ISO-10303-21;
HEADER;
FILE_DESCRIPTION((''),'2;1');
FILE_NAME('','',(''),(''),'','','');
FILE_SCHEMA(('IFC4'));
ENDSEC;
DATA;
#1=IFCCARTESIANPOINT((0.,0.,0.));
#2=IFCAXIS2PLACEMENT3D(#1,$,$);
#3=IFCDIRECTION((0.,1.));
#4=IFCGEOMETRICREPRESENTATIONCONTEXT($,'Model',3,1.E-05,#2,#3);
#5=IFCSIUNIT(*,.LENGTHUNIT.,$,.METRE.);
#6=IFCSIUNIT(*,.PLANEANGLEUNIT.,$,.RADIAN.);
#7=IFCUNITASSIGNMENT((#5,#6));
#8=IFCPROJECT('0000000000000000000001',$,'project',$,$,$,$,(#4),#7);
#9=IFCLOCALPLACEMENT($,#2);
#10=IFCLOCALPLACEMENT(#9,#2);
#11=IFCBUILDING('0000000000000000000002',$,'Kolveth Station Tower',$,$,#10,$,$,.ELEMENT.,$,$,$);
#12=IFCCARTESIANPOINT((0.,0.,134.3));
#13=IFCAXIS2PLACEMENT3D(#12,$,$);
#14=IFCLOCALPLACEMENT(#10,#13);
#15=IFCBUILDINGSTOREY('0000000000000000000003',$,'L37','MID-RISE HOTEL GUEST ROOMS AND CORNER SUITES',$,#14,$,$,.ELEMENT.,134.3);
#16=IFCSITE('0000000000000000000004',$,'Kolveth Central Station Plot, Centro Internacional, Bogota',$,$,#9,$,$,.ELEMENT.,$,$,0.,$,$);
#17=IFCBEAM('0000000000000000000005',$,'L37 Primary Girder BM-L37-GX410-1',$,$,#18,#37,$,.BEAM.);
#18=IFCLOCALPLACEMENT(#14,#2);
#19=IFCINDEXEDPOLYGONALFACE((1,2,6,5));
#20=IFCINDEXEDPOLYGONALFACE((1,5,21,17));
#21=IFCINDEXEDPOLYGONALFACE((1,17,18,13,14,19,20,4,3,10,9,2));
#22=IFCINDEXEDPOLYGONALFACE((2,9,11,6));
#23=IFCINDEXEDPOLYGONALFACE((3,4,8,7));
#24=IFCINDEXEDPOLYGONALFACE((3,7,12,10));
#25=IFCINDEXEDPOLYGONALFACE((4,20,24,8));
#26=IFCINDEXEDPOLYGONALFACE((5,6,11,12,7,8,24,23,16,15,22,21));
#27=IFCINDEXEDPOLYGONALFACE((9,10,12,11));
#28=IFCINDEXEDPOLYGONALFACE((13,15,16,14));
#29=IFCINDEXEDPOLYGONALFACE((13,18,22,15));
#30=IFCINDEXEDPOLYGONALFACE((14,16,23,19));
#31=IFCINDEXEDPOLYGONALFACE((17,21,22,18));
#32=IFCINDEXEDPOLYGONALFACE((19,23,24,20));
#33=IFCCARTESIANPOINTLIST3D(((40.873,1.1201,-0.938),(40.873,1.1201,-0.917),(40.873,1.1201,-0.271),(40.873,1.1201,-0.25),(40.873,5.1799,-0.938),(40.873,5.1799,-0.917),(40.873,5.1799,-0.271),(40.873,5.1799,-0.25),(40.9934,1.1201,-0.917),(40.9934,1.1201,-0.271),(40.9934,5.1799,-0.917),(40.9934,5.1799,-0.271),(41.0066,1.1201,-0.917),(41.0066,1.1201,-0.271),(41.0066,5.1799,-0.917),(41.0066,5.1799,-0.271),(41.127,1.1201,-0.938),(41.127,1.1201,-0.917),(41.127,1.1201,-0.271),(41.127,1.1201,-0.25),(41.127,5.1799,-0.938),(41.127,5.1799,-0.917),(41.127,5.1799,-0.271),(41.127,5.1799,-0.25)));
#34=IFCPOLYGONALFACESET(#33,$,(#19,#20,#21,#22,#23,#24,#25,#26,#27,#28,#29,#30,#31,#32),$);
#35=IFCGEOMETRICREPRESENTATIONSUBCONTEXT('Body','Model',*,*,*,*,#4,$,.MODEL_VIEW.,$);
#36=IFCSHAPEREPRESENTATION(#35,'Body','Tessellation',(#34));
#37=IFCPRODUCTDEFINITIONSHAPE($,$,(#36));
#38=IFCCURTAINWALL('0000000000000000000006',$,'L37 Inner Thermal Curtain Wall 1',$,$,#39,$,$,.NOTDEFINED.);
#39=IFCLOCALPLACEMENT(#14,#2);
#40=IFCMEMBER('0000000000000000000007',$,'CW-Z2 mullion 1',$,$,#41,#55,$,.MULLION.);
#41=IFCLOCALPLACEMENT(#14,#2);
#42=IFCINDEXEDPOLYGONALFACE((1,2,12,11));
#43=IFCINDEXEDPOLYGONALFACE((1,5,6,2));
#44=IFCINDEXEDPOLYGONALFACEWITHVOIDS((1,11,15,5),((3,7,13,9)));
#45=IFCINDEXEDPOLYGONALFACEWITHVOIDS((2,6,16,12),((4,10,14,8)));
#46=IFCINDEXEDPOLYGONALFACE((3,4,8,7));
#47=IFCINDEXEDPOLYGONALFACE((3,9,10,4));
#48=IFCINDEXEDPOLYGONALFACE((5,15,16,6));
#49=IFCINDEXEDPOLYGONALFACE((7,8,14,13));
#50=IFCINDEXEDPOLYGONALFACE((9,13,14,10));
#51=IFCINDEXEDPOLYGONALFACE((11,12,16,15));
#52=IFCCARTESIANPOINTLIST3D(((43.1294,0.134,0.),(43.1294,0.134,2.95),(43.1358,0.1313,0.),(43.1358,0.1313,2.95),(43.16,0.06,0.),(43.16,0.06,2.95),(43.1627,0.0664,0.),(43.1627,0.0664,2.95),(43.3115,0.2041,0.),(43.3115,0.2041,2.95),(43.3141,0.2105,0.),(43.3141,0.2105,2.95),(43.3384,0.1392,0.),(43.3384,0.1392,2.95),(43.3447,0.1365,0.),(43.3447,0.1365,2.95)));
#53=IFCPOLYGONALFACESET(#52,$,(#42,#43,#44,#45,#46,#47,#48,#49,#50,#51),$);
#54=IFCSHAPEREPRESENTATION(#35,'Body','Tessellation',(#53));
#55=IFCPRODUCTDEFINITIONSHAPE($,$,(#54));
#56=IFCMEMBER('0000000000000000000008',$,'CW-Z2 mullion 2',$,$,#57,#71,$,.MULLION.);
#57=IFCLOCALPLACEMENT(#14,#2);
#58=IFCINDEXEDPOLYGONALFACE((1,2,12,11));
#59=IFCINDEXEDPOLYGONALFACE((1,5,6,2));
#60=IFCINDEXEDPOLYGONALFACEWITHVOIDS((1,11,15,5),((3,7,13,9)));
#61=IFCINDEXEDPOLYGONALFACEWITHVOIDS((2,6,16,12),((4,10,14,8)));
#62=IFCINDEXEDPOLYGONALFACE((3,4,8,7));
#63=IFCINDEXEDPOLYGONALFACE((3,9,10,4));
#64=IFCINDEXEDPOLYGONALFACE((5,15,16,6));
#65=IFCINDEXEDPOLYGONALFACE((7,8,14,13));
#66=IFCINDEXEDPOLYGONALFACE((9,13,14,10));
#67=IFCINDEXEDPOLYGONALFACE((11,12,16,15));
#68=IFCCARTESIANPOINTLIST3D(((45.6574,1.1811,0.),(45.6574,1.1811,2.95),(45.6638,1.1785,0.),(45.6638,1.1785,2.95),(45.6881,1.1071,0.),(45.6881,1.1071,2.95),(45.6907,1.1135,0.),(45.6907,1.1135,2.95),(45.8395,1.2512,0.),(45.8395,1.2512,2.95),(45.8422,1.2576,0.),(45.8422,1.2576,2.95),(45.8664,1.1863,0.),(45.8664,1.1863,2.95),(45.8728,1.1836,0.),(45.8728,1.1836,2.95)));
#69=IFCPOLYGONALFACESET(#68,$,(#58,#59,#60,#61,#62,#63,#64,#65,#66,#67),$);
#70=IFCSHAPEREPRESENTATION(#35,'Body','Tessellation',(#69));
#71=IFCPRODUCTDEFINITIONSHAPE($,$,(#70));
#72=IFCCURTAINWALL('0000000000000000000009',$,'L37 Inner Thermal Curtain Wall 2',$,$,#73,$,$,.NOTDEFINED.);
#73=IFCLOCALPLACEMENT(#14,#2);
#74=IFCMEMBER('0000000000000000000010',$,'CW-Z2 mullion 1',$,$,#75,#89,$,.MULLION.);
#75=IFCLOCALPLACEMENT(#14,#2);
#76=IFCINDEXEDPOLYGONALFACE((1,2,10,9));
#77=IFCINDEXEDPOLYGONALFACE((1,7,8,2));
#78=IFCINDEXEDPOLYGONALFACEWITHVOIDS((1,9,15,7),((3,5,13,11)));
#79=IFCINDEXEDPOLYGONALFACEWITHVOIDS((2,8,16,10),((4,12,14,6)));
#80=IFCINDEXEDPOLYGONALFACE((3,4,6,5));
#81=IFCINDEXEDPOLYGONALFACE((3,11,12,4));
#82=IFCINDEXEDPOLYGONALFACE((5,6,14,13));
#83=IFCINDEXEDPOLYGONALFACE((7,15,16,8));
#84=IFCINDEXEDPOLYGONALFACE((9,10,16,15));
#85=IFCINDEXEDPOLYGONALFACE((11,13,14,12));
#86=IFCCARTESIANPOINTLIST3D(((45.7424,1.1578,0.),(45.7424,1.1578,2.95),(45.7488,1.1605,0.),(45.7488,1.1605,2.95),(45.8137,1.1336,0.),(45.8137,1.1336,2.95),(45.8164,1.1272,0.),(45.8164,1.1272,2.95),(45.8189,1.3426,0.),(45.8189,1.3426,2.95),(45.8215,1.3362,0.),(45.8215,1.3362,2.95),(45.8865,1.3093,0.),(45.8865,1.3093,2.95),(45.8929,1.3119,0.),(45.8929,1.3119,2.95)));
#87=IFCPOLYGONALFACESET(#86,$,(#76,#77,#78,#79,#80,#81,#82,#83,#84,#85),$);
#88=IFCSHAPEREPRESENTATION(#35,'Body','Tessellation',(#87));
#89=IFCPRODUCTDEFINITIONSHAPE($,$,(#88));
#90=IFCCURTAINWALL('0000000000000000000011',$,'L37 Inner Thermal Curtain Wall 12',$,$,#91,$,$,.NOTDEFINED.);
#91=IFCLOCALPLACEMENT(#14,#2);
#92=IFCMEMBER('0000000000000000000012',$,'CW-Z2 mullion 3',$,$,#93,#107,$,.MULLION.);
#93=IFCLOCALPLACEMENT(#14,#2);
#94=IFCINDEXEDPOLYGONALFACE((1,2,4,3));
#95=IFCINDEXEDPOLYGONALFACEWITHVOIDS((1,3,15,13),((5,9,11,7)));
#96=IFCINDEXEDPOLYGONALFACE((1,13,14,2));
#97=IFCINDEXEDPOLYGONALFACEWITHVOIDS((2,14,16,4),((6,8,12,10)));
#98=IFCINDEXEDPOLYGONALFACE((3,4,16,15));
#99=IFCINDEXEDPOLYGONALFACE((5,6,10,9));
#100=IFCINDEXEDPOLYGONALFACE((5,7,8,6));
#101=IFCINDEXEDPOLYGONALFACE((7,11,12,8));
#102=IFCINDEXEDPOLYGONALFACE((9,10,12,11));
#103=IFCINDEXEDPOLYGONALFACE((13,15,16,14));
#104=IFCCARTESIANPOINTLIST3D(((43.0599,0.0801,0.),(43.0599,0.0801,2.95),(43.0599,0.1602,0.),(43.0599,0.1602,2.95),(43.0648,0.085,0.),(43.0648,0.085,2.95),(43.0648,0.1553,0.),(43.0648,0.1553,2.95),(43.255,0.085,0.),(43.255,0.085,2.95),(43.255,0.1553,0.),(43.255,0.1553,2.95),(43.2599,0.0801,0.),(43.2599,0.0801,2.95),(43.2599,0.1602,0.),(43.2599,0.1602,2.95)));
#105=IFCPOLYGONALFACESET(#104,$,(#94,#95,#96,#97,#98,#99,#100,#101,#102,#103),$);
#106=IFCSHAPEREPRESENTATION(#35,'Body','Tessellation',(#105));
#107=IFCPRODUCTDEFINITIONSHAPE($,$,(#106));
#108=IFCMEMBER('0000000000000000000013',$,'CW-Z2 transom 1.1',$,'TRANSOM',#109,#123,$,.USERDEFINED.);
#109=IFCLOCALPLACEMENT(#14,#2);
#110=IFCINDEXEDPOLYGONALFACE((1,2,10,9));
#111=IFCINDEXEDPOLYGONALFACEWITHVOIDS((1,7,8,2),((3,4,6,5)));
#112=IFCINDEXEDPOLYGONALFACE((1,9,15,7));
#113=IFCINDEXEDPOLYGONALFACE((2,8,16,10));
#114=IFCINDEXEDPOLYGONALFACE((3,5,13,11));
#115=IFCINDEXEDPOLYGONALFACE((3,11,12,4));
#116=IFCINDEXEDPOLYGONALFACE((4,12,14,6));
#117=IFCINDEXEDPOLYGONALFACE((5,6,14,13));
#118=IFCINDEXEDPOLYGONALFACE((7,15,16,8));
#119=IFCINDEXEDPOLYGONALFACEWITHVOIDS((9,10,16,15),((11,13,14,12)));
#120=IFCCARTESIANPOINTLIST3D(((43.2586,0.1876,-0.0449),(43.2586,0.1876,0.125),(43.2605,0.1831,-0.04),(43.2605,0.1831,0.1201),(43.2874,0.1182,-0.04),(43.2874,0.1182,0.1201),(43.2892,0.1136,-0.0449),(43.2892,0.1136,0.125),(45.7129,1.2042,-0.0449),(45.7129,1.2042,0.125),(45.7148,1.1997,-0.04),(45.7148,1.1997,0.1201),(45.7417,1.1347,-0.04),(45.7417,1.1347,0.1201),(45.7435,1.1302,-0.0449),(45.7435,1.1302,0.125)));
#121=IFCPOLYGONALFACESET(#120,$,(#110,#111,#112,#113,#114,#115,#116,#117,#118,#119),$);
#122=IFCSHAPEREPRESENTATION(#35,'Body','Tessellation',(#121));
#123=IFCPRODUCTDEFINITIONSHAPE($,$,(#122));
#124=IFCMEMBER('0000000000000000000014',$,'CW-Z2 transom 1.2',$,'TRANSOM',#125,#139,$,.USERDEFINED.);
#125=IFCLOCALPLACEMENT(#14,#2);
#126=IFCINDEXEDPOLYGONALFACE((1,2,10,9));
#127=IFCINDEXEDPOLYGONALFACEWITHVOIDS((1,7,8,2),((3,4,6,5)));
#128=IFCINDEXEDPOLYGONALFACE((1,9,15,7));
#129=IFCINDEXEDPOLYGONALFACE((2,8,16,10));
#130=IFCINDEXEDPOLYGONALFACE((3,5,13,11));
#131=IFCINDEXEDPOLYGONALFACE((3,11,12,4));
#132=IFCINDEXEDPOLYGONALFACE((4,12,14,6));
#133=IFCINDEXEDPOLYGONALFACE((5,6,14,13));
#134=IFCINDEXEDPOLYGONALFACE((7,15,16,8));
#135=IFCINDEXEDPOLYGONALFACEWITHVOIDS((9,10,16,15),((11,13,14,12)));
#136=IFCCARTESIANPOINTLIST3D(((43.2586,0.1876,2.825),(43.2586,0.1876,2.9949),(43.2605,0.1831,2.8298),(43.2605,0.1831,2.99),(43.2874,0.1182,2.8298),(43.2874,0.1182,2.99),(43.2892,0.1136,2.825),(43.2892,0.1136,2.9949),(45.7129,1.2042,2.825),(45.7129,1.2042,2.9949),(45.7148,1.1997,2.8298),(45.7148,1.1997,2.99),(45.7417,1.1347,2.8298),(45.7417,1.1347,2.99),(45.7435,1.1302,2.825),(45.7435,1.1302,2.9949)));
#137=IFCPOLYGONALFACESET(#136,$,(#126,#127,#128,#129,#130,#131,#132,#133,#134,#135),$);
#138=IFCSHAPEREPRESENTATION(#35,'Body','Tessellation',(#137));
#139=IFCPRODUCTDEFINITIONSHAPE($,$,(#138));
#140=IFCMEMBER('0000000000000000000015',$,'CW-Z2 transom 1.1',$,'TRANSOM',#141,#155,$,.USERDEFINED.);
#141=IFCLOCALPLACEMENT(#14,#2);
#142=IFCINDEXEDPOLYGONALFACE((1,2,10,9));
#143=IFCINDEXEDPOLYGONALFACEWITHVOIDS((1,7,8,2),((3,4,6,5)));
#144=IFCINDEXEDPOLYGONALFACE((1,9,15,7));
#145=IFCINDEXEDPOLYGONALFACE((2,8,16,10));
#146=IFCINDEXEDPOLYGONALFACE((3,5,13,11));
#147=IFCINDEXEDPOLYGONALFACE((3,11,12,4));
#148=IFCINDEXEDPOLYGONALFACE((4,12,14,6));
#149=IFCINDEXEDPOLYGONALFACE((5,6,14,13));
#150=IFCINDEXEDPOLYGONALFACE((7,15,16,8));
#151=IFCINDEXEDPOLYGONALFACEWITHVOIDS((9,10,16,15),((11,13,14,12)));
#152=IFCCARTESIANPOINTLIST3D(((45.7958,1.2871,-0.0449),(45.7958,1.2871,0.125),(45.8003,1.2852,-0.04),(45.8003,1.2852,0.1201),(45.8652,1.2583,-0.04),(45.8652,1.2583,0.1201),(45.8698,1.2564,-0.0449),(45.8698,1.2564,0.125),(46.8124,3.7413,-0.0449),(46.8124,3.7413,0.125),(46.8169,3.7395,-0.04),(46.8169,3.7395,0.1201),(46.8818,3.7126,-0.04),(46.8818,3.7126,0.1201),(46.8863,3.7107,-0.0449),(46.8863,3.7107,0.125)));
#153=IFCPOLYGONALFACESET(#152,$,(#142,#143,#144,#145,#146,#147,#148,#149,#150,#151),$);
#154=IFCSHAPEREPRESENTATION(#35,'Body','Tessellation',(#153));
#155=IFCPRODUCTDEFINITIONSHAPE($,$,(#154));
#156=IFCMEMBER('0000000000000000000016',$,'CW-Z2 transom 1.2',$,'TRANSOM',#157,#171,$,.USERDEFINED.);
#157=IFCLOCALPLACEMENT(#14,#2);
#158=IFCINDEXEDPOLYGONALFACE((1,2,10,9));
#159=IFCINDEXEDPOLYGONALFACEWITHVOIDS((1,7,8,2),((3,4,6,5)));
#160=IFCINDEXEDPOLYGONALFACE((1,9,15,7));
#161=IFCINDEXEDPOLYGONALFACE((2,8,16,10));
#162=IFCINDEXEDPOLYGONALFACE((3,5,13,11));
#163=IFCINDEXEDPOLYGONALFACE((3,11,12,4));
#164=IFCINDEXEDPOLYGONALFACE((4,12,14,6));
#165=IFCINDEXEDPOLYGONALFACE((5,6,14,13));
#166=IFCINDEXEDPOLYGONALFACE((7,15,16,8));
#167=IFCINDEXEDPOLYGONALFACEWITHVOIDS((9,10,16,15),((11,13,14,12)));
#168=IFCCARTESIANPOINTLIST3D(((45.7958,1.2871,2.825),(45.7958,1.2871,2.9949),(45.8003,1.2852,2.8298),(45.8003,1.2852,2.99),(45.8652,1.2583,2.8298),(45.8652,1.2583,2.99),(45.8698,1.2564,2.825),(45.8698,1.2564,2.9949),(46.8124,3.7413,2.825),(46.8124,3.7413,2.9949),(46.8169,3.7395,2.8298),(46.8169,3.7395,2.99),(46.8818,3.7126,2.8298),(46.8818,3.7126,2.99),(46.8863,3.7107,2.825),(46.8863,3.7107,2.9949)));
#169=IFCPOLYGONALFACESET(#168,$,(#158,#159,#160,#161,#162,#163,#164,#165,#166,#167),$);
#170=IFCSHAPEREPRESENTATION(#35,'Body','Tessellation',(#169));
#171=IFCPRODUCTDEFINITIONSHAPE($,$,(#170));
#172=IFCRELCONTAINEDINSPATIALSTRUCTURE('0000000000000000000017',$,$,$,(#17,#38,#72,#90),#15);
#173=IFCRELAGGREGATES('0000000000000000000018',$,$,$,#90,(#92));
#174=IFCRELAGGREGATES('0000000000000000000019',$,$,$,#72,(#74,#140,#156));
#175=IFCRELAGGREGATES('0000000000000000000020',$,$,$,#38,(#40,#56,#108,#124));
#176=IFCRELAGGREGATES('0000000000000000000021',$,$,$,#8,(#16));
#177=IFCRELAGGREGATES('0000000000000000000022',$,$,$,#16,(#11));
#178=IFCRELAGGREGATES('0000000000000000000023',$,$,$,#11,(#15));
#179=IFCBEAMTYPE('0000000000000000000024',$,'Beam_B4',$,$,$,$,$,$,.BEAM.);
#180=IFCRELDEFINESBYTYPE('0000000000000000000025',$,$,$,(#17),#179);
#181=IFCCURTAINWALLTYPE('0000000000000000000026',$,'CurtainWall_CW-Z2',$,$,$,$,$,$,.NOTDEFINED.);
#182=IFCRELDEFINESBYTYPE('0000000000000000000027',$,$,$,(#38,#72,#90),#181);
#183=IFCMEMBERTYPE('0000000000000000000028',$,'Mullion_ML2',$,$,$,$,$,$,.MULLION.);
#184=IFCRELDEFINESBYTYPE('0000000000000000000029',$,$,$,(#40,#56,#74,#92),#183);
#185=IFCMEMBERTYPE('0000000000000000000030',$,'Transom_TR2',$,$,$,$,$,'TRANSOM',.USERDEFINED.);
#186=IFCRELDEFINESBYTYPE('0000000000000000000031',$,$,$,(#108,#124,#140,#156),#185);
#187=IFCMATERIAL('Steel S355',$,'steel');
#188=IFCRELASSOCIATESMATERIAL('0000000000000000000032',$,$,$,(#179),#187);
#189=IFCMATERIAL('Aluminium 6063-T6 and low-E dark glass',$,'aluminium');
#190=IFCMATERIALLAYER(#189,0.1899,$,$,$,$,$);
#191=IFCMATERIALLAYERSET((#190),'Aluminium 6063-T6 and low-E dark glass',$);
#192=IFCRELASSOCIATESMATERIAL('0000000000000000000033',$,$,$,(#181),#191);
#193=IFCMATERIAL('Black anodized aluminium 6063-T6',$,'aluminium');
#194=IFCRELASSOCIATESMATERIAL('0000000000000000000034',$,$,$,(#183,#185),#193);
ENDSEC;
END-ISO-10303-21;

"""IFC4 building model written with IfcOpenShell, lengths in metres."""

from ifc_helpers import new_model, si_unit, direction, frame, origin, origin_2d, place, context, subcontext, project, spatial, hollow_rectangle, i_section, extrude, source, transform, mapped, material, layer, layer_set, material_profile, profile_set, type_object, element, aggregate, save


model = new_model("IFC4")

# Units and contexts
model_context = context("Model", 3, precision=1e-05, world=origin(), true_north=direction((0.0, 1.0)))
body_context = subcontext(model_context, "Body", "Model", "MODEL_VIEW")
ifc_project = project(units=[si_unit("LENGTHUNIT", "METRE"), si_unit("PLANEANGLEUNIT", "RADIAN")], contexts=[model_context])

# Site, building, storey
site_placement = place(None, origin())
site = spatial("IfcSite", under=ifc_project, at=site_placement, Name="Kolveth Central Station Plot, Centro Internacional, Bogota", CompositionType="ELEMENT", RefElevation=0.0)
building_placement = place(site_placement, origin())
building = spatial("IfcBuilding", under=site, at=building_placement, Name="Kolveth Station Tower", CompositionType="ELEMENT")
storey_placement = place(building_placement, frame((0.0, 0.0, 134.3)))
storey = spatial("IfcBuildingStorey", under=building, at=storey_placement, Name="L37", Description="MID-RISE HOTEL GUEST ROOMS AND CORNER SUITES", CompositionType="ELEMENT", Elevation=134.3)

# Beam
ifc_material_1 = material(Name="Steel S355", Category="steel")
ifc_material_profile_1 = material_profile(ifc_material_1, i_section(OverallWidth=0.2539, OverallDepth=0.688, WebThickness=0.0132, FlangeThickness=0.021, at=origin_2d()), Name="W690x152")
ifc_profile_set_1 = profile_set([ifc_material_profile_1], Name="Steel S355")
beam_type = type_object("IfcBeamType", Name="Beam_B4", PredefinedType="BEAM", material=ifc_profile_set_1)
shared_shape_1 = source(origin(), body_context, "Body", "SweptSolid", [
    extrude(i_section(OverallWidth=0.2539, OverallDepth=0.688, WebThickness=0.0132, FlangeThickness=0.021, at=origin_2d()), origin(), (0.0, 0.0, 1.0), 4.0598),
])
beam_placement = place(storey_placement, frame((41.0, 1.1201, -0.594), z_axis=(0.0, 1.0, 0.0), x_axis=(-1.0, 0.0, 0.0)))
element("IfcBeam", 1, at=beam_placement, inside=storey, type_object=beam_type, Name="L37 Primary Girder BM-L37-GX410-1", PredefinedType="BEAM", context=body_context, shape_type="MappedRepresentation", body=[
    mapped(shared_shape_1, transform((0.0, 0.0, 0.0), x_axis=(1.0, 0.0, 0.0), y_axis=(0.0, 1.0, 0.0), z_axis=(0.0, 0.0, 1.0), scale=1.0)),
])

# Curtain wall, members
ifc_material_2 = material(Name="Aluminium 6063-T6 and low-E dark glass", Category="aluminium")
ifc_layer_1 = layer(ifc_material_2, 0.1899)
ifc_layer_set_1 = layer_set([ifc_layer_1], Name="Aluminium 6063-T6 and low-E dark glass")
curtain_wall_type_1 = type_object("IfcCurtainWallType", Name="CurtainWall_CW-Z2", PredefinedType="NOTDEFINED", material=ifc_layer_set_1)
curtain_wall_1_placement = place(storey_placement, origin())
curtain_wall_1 = element("IfcCurtainWall", 2, at=curtain_wall_1_placement, inside=storey, type_object=curtain_wall_type_1, Name="L37 Inner Thermal Curtain Wall 1", PredefinedType="NOTDEFINED")
ifc_material_3 = material(Name="Black anodized aluminium 6063-T6", Category="aluminium")
ifc_material_profile_2 = material_profile(ifc_material_3, hollow_rectangle(XDim=0.0801, YDim=0.2, WallThickness=0.0049, at=origin_2d()), Name="ALU-80x200x5")
ifc_profile_set_2 = profile_set([ifc_material_profile_2], Name="Black anodized aluminium 6063-T6")
member_type_1 = type_object("IfcMemberType", Name="Mullion_ML2", PredefinedType="MULLION", material=ifc_profile_set_2)
shared_shape_2 = source(origin(), body_context, "Body", "SweptSolid", [
    extrude(hollow_rectangle(XDim=0.0801, YDim=0.2, WallThickness=0.0049, at=origin_2d()), origin(), (0.0, 0.0, 1.0), 2.95),
])
member_1_placement = place(storey_placement, frame((43.2371, 0.1353, 0.0), z_axis=(0.0, 0.0, 1.0), x_axis=(-0.382663, 0.923888, 0.0)))
member_1 = element("IfcMember", 3, at=member_1_placement, type_object=member_type_1, Name="CW-Z2 mullion 1", PredefinedType="MULLION", context=body_context, shape_type="MappedRepresentation", body=[
    mapped(shared_shape_2, transform((0.0, 0.0, 0.0), x_axis=(1.0, 0.0, 0.0), y_axis=(0.0, 1.0, 0.0), z_axis=(0.0, 0.0, 1.0), scale=1.0)),
])
member_2_placement = place(storey_placement, frame((45.7651, 1.1824, 0.0), z_axis=(0.0, 0.0, 1.0), x_axis=(-0.382663, 0.923888, 0.0)))
member_2 = element("IfcMember", 4, at=member_2_placement, type_object=member_type_1, Name="CW-Z2 mullion 2", PredefinedType="MULLION", context=body_context, shape_type="MappedRepresentation", body=[
    mapped(shared_shape_2, transform((0.0, 0.0, 0.0), x_axis=(1.0, 0.0, 0.0), y_axis=(0.0, 1.0, 0.0), z_axis=(0.0, 0.0, 1.0), scale=1.0)),
])

# Curtain walls, members
curtain_wall_2_placement = place(storey_placement, origin())
curtain_wall_2 = element("IfcCurtainWall", 5, at=curtain_wall_2_placement, inside=storey, type_object=curtain_wall_type_1, Name="L37 Inner Thermal Curtain Wall 2", PredefinedType="NOTDEFINED")
member_3_placement = place(storey_placement, frame((45.8176, 1.2349, 0.0), z_axis=(0.0, 0.0, 1.0), x_axis=(-0.923888, 0.382663, 0.0)))
member_3 = element("IfcMember", 6, at=member_3_placement, type_object=member_type_1, Name="CW-Z2 mullion 1", PredefinedType="MULLION", context=body_context, shape_type="MappedRepresentation", body=[
    mapped(shared_shape_2, transform((0.0, 0.0, 0.0), x_axis=(1.0, 0.0, 0.0), y_axis=(0.0, 1.0, 0.0), z_axis=(0.0, 0.0, 1.0), scale=1.0)),
])
curtain_wall_3_placement = place(storey_placement, origin())
curtain_wall_3 = element("IfcCurtainWall", 7, at=curtain_wall_3_placement, inside=storey, type_object=curtain_wall_type_1, Name="L37 Inner Thermal Curtain Wall 12", PredefinedType="NOTDEFINED")
member_4_placement = place(storey_placement, frame((43.1599, 0.1201, 0.0), z_axis=(0.0, 0.0, 1.0), x_axis=(0.0, 1.0, 0.0)))
member_4 = element("IfcMember", 8, at=member_4_placement, type_object=member_type_1, Name="CW-Z2 mullion 3", PredefinedType="MULLION", context=body_context, shape_type="MappedRepresentation", body=[
    mapped(shared_shape_2, transform((0.0, 0.0, 0.0), x_axis=(1.0, 0.0, 0.0), y_axis=(0.0, 1.0, 0.0), z_axis=(0.0, 0.0, 1.0), scale=1.0)),
])
aggregate(curtain_wall_3, [member_4])

# Members
ifc_material_profile_3 = material_profile(ifc_material_3, hollow_rectangle(XDim=0.0801, YDim=0.1699, WallThickness=0.0049, at=origin_2d()), Name="ALU-80x170x5")
ifc_profile_set_3 = profile_set([ifc_material_profile_3], Name="Black anodized aluminium 6063-T6")
member_type_2 = type_object("IfcMemberType", Name="Transom_TR2", ElementType="TRANSOM", PredefinedType="USERDEFINED", material=ifc_profile_set_3)
shared_shape_3 = source(origin(), body_context, "Body", "SweptSolid", [
    extrude(hollow_rectangle(XDim=0.0801, YDim=0.1699, WallThickness=0.0049, at=origin_2d()), origin(), (0.0, 0.0, 1.0), 2.6565),
])
member_5_placement = place(storey_placement, frame((43.2739, 0.1506, 0.04), z_axis=(0.923882, 0.382676, 0.0), x_axis=(-0.382676, 0.923882, 0.0)))
member_5 = element("IfcMember", 9, at=member_5_placement, type_object=member_type_2, Name="CW-Z2 transom 1.1", ObjectType="TRANSOM", PredefinedType="USERDEFINED", context=body_context, shape_type="MappedRepresentation", body=[
    mapped(shared_shape_3, transform((0.0, 0.0, 0.0), x_axis=(1.0, 0.0, 0.0), y_axis=(0.0, 1.0, 0.0), z_axis=(0.0, 0.0, 1.0), scale=1.0)),
])
member_6_placement = place(storey_placement, frame((43.2739, 0.1506, 2.9099), z_axis=(0.923882, 0.382676, 0.0), x_axis=(-0.382676, 0.923882, 0.0)))
member_6 = element("IfcMember", 10, at=member_6_placement, type_object=member_type_2, Name="CW-Z2 transom 1.2", ObjectType="TRANSOM", PredefinedType="USERDEFINED", context=body_context, shape_type="MappedRepresentation", body=[
    mapped(shared_shape_3, transform((0.0, 0.0, 0.0), x_axis=(1.0, 0.0, 0.0), y_axis=(0.0, 1.0, 0.0), z_axis=(0.0, 0.0, 1.0), scale=1.0)),
])
member_7_placement = place(storey_placement, frame((45.8328, 1.2717, 0.04), z_axis=(0.382676, 0.923882, 0.0), x_axis=(-0.923882, 0.382676, 0.0)))
member_7 = element("IfcMember", 11, at=member_7_placement, type_object=member_type_2, Name="CW-Z2 transom 1.1", ObjectType="TRANSOM", PredefinedType="USERDEFINED", context=body_context, shape_type="MappedRepresentation", body=[
    mapped(shared_shape_3, transform((0.0, 0.0, 0.0), x_axis=(1.0, 0.0, 0.0), y_axis=(0.0, 1.0, 0.0), z_axis=(0.0, 0.0, 1.0), scale=1.0)),
])
member_8_placement = place(storey_placement, frame((45.8328, 1.2717, 2.9099), z_axis=(0.382676, 0.923882, 0.0), x_axis=(-0.923882, 0.382676, 0.0)))
member_8 = element("IfcMember", 12, at=member_8_placement, type_object=member_type_2, Name="CW-Z2 transom 1.2", ObjectType="TRANSOM", PredefinedType="USERDEFINED", context=body_context, shape_type="MappedRepresentation", body=[
    mapped(shared_shape_3, transform((0.0, 0.0, 0.0), x_axis=(1.0, 0.0, 0.0), y_axis=(0.0, 1.0, 0.0), z_axis=(0.0, 0.0, 1.0), scale=1.0)),
])
aggregate(curtain_wall_2, [member_3, member_7, member_8])

aggregate(curtain_wall_1, [member_1, member_2, member_5, member_6])

save(model, "model.ifc")
